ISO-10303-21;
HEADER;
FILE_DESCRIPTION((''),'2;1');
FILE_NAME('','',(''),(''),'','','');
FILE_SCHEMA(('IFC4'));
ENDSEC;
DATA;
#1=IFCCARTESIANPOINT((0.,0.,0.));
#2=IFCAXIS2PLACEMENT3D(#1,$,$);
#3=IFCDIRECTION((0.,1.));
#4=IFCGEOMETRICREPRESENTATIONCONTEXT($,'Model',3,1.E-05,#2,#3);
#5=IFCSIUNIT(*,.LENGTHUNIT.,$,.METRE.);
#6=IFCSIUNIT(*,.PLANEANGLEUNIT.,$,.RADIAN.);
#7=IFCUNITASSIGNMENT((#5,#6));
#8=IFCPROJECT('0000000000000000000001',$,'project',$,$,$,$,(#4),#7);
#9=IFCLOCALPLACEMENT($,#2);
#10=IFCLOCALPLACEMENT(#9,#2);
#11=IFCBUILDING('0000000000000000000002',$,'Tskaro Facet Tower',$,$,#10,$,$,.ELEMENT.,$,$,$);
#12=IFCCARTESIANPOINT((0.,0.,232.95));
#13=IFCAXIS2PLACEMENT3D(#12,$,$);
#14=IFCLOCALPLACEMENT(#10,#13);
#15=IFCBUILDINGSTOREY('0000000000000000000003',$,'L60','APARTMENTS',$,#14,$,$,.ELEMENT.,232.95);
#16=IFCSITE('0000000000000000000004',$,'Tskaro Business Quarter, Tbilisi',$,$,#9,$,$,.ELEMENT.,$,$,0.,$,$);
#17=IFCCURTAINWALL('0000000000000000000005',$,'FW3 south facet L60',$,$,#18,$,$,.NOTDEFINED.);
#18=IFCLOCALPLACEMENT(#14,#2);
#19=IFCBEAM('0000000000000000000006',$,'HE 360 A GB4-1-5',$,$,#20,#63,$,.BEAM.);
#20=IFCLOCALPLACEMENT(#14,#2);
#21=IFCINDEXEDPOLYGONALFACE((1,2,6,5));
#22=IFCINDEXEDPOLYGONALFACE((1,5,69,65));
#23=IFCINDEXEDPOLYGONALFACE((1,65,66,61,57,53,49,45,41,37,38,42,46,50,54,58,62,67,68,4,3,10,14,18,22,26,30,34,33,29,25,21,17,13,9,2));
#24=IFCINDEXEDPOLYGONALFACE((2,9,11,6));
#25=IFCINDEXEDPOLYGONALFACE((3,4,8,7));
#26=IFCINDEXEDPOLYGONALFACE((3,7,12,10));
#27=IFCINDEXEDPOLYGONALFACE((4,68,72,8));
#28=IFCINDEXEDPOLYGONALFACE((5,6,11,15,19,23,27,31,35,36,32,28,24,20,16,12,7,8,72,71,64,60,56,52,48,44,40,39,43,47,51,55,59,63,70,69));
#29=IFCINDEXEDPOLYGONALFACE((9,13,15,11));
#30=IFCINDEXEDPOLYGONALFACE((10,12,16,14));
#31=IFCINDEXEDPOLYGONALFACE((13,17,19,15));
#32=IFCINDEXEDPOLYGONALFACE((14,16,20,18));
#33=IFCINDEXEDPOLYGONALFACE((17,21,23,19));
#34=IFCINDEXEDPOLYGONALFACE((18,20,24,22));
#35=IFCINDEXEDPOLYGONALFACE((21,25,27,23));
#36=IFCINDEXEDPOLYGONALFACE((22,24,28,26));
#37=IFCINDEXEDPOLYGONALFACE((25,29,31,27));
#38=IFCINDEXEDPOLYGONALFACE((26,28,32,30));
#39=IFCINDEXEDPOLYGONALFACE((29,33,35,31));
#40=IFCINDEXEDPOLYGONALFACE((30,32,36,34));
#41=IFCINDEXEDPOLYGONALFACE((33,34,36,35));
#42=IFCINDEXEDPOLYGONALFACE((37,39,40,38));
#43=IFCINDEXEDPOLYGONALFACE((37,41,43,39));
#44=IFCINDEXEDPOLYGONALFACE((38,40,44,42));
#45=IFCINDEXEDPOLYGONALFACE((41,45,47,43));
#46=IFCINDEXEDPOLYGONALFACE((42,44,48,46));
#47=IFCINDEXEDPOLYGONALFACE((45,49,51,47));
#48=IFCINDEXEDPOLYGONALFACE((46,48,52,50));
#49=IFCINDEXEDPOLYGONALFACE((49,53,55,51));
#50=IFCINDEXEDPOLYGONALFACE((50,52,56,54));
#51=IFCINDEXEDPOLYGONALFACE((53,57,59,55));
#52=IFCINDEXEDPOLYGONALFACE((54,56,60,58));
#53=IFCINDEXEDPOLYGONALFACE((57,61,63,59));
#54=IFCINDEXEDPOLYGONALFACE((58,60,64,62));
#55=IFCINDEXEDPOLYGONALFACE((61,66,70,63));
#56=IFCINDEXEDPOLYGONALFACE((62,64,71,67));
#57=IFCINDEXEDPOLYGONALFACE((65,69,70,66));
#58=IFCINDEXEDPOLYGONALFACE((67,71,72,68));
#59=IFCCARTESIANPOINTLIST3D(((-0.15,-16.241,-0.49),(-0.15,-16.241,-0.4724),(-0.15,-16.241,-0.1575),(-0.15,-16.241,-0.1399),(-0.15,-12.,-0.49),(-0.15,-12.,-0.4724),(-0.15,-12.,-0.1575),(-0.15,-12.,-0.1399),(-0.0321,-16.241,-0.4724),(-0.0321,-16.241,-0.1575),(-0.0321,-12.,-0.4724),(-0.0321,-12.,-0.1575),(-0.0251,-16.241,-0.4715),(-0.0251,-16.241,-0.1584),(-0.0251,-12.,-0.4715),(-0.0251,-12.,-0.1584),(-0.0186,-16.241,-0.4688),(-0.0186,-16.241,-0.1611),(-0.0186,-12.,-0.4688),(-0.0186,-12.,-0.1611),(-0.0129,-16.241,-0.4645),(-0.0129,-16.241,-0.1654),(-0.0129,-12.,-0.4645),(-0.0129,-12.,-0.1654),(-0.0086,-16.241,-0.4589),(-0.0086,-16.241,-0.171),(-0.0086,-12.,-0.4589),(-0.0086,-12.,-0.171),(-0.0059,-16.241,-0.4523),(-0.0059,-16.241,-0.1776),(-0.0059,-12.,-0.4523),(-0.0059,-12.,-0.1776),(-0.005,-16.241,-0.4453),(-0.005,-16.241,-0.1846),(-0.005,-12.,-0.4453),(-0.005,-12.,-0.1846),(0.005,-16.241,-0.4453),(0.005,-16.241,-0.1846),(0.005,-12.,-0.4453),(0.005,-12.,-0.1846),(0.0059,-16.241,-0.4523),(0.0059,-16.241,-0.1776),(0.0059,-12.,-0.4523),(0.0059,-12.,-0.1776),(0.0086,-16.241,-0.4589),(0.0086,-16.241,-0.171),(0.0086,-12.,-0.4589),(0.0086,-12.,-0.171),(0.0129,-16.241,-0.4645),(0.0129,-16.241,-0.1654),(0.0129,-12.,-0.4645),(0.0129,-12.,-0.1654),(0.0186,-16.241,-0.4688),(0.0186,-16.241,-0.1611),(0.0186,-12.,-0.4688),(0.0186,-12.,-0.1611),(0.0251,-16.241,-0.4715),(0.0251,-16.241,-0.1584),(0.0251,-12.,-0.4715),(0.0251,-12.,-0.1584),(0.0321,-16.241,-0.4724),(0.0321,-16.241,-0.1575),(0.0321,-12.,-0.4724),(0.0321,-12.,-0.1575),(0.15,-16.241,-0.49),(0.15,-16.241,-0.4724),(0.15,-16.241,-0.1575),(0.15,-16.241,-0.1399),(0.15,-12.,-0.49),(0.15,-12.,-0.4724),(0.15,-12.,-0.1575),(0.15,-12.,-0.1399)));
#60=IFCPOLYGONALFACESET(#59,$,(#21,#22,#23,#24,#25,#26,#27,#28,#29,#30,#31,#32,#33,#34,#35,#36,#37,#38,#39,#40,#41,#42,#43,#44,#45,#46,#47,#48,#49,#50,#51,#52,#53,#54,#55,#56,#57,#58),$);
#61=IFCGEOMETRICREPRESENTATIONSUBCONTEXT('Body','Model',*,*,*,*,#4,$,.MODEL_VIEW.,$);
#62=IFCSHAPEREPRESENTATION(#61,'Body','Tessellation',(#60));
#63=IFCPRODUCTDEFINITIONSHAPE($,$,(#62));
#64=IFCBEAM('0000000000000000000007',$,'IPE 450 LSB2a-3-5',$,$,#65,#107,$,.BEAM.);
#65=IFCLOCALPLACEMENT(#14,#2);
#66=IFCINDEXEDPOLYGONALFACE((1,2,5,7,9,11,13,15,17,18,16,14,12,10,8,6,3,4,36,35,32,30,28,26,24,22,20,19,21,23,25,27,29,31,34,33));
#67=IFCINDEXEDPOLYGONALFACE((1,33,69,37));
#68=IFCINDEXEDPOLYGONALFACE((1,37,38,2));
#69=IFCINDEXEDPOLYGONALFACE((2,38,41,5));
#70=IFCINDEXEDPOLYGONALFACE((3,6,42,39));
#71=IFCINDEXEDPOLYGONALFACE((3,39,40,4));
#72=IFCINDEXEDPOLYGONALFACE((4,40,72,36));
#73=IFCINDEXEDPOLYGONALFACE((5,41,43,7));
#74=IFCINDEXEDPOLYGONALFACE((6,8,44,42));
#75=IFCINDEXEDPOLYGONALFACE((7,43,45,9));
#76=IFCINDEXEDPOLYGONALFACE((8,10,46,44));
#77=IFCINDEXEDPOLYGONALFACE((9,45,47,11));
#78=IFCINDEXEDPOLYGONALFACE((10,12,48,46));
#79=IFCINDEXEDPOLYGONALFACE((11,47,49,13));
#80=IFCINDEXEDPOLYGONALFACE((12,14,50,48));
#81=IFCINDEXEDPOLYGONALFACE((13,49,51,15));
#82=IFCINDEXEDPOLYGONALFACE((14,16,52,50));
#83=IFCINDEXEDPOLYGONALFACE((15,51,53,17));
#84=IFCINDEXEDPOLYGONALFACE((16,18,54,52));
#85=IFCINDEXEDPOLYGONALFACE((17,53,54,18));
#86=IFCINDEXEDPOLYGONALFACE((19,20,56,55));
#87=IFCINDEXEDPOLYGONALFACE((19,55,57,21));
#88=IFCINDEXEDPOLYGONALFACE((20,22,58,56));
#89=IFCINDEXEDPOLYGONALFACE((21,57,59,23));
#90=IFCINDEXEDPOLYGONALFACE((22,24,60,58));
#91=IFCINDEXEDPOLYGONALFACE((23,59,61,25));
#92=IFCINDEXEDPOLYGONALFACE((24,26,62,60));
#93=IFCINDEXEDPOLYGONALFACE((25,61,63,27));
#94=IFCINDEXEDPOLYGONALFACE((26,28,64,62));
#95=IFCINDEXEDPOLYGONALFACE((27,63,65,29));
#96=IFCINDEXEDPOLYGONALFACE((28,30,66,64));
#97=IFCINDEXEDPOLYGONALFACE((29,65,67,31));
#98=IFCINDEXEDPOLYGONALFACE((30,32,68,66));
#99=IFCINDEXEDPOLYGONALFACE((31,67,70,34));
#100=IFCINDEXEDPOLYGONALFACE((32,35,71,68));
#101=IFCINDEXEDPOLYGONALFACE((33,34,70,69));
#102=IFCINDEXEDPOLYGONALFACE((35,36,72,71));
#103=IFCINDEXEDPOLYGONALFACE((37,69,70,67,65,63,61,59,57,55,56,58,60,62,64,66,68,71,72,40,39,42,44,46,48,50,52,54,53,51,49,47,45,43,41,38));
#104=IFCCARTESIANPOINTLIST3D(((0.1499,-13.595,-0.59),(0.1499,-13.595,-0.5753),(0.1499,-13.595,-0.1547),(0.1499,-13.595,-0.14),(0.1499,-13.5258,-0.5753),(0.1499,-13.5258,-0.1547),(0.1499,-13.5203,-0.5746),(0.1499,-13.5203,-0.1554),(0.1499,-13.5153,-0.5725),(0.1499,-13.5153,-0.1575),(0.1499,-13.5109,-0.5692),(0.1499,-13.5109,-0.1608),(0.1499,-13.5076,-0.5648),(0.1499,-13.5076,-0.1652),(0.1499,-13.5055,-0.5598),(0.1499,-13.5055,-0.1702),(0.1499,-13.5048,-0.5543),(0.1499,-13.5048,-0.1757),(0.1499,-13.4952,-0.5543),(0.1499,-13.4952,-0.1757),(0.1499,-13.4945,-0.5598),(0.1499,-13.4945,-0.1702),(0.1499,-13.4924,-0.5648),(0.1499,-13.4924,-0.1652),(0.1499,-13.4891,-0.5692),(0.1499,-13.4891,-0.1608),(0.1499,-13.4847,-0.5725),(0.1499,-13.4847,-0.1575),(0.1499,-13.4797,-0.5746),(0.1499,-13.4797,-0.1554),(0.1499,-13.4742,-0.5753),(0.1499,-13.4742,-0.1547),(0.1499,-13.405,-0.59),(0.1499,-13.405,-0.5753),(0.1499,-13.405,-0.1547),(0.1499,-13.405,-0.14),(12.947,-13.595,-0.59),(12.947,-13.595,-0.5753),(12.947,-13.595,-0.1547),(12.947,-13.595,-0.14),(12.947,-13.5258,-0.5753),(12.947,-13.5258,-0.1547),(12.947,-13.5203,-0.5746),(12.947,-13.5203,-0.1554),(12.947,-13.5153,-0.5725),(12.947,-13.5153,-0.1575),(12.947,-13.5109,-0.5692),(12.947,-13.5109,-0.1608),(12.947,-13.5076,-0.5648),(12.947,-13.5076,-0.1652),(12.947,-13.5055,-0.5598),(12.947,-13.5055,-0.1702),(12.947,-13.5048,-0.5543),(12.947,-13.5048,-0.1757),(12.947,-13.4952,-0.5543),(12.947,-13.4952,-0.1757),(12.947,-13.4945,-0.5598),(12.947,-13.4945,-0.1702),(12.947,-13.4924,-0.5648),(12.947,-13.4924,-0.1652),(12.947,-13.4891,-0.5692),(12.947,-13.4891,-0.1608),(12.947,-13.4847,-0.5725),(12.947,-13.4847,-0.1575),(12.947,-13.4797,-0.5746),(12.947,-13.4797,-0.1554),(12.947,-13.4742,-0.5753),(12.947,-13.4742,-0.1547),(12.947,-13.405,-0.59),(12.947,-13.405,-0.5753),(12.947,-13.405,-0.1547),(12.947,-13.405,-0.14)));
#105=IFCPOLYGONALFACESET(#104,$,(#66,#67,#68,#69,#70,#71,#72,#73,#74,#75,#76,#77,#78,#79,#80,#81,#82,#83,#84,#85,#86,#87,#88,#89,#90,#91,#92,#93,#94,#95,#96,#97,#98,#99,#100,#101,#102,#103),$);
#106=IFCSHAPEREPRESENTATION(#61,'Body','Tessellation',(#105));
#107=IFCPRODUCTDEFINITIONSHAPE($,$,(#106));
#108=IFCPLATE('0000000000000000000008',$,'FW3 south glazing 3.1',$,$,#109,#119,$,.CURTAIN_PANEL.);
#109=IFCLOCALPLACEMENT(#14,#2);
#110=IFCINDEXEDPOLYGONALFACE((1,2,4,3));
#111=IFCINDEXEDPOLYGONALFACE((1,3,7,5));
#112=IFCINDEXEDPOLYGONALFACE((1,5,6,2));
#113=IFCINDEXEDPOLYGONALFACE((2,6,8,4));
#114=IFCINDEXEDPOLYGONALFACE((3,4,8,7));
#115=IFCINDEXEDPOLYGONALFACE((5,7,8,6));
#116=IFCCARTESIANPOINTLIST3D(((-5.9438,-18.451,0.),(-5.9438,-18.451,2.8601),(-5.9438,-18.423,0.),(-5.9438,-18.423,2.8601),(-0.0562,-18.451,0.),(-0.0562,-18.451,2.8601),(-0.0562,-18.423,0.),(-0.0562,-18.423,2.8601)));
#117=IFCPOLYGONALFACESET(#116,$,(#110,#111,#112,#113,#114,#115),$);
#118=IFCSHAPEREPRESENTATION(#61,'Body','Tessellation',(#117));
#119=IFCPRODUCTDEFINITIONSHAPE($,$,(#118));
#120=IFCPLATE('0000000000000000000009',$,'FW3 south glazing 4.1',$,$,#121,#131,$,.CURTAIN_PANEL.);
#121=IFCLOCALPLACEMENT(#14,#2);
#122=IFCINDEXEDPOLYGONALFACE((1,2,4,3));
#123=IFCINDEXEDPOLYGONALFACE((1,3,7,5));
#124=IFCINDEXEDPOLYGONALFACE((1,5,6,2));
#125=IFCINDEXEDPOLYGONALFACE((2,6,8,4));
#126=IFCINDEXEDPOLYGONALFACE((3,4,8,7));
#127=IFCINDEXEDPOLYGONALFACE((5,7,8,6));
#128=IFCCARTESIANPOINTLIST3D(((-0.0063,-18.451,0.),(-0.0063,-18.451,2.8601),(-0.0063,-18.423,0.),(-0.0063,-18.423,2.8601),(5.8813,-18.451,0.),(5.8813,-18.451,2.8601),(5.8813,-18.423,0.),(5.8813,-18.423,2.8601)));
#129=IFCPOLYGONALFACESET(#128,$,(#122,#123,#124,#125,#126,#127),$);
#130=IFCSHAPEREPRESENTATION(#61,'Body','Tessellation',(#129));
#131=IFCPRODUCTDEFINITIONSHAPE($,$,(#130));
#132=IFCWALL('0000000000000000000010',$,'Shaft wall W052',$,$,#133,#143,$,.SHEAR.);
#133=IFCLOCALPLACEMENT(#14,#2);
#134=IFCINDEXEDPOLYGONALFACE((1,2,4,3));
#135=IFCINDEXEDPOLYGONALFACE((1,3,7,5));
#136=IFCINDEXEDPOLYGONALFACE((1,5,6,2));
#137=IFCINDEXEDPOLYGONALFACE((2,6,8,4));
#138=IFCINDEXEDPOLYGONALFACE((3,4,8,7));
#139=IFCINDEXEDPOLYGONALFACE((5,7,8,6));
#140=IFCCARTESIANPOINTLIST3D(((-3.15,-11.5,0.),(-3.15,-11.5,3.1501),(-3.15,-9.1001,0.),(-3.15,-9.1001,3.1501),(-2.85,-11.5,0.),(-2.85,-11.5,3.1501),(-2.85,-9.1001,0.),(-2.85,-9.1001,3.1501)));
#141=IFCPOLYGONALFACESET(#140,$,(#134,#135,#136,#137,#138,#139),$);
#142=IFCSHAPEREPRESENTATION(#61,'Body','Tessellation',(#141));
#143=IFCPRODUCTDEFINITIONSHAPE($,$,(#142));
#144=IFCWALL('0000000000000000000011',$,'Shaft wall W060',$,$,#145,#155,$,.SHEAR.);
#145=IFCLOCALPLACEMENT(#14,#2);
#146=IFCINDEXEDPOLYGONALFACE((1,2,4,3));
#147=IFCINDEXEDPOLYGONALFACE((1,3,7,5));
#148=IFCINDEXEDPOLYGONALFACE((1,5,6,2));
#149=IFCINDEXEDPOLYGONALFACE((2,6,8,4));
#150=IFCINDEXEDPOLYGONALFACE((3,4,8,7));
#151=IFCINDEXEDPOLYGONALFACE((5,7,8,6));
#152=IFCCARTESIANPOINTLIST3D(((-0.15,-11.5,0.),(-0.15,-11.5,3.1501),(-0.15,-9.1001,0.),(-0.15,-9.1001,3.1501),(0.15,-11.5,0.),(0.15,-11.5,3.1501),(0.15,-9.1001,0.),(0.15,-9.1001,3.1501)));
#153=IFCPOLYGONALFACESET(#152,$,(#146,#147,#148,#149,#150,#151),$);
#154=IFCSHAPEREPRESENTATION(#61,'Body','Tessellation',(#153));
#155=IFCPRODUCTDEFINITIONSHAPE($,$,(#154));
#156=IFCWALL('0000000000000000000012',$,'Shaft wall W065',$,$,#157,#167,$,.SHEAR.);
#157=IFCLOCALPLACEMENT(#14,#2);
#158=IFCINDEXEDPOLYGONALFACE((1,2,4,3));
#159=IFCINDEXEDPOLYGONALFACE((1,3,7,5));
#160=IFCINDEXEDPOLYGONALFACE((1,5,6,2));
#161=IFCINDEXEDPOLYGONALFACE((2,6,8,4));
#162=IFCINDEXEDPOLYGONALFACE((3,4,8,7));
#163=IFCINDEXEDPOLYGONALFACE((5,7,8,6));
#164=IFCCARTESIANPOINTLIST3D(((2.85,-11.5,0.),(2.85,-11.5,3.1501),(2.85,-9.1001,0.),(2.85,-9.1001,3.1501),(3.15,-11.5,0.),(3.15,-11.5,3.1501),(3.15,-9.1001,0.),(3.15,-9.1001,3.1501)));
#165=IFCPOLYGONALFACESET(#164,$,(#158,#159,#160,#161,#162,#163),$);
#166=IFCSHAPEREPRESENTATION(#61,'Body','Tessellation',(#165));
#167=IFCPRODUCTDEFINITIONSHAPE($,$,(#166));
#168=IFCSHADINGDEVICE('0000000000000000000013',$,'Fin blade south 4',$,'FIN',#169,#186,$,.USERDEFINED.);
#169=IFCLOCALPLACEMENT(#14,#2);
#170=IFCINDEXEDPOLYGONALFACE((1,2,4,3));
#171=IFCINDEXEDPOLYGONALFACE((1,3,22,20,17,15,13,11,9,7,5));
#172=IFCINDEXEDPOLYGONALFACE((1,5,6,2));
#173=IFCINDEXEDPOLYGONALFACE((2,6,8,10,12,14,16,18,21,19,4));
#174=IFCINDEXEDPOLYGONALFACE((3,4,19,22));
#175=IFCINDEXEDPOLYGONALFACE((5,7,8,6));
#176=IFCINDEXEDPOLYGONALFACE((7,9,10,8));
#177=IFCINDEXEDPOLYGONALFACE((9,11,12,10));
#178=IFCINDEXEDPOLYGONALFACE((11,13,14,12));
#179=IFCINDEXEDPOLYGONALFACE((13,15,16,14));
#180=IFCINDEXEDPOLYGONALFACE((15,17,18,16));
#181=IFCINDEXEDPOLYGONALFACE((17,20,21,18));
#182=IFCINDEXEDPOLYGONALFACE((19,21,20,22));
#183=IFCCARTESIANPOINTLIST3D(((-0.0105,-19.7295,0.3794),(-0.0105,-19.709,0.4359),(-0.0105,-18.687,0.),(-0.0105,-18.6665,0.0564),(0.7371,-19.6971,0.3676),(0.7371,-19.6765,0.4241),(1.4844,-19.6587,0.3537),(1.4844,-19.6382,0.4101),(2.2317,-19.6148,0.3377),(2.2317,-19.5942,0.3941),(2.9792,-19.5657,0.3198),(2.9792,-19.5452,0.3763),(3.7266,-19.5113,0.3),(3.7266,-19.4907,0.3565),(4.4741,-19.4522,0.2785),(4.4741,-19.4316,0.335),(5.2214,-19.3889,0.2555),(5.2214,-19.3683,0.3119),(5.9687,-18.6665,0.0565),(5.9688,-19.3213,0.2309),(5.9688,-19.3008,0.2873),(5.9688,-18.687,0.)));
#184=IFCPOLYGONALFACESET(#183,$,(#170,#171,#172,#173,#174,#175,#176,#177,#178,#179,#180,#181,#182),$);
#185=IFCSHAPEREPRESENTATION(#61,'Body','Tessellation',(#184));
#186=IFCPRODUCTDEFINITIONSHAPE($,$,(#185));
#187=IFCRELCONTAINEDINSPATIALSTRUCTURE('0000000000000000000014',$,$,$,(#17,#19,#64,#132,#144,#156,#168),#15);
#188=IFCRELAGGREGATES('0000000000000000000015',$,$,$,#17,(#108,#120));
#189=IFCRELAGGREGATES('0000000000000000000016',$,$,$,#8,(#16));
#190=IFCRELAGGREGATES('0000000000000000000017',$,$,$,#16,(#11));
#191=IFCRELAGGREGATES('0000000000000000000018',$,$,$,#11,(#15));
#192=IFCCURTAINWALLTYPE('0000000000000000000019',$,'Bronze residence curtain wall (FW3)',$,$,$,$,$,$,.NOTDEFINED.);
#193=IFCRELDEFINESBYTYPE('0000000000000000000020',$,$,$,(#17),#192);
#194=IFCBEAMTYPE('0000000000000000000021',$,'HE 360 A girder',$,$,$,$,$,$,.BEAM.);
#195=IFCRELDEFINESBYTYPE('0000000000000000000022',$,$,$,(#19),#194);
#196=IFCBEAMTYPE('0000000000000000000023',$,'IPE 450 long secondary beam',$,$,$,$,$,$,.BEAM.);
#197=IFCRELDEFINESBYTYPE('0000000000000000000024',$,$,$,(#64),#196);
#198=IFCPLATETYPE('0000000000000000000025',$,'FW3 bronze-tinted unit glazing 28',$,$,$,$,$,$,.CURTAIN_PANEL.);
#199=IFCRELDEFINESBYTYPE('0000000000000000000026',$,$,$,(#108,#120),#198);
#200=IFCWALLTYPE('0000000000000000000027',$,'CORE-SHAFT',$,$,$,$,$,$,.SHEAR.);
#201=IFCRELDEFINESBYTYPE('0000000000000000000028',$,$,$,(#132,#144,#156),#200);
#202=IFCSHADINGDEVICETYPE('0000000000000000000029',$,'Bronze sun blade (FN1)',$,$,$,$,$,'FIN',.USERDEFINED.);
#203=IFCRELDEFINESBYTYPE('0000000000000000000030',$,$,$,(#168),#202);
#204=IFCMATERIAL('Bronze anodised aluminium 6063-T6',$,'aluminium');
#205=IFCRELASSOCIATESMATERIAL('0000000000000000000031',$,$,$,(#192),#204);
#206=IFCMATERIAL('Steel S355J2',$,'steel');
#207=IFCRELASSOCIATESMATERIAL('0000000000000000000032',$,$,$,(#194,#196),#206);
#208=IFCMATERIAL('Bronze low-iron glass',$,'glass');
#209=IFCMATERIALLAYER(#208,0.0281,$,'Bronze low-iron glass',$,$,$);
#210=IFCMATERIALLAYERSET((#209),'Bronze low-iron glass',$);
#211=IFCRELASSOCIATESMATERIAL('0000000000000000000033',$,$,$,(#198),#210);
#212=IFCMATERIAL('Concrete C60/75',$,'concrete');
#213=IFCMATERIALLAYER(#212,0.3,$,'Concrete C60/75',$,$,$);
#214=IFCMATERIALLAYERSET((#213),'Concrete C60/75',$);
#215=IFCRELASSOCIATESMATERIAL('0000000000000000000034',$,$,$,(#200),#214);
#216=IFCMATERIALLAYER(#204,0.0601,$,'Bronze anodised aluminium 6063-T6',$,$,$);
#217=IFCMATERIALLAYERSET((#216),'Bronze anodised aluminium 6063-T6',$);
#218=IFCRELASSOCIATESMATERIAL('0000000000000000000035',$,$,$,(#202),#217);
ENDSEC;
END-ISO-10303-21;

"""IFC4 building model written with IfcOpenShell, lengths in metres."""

from ifc_helpers import new_model, si_unit, direction, frame, frame_2d, origin, origin_2d, place, context, subcontext, project, spatial, polyline, rectangle, i_section, outline, extrude, material, layer, layer_set, material_profile, profile_set, type_object, element, aggregate, save


model = new_model("IFC4")

# Units and contexts
model_context = context("Model", 3, precision=1e-05, world=origin(), true_north=direction((0.0, 1.0)))
body_context = subcontext(model_context, "Body", "Model", "MODEL_VIEW")
ifc_project = project(units=[si_unit("LENGTHUNIT", "METRE"), si_unit("PLANEANGLEUNIT", "RADIAN")], contexts=[model_context])

# Site, building, storey
site_placement = place(None, origin())
site = spatial("IfcSite", under=ifc_project, at=site_placement, Name="Tskaro Business Quarter, Tbilisi", CompositionType="ELEMENT", RefElevation=0.0)
building_placement = place(site_placement, origin())
building = spatial("IfcBuilding", under=site, at=building_placement, Name="Tskaro Facet Tower", CompositionType="ELEMENT")
storey_placement = place(building_placement, frame((0.0, 0.0, 232.95)))
storey = spatial("IfcBuildingStorey", under=building, at=storey_placement, Name="L60", Description="APARTMENTS", CompositionType="ELEMENT", Elevation=232.95)

# Shared definitions
ifc_material_1 = material(Name="Steel S355J2", Category="steel")

# Curtain wall
ifc_material_2 = material(Name="Bronze anodised aluminium 6063-T6", Category="aluminium")
curtain_wall_type = type_object("IfcCurtainWallType", Name="Bronze residence curtain wall (FW3)", PredefinedType="NOTDEFINED", material=ifc_material_2)
curtain_wall_placement = place(storey_placement, origin())
curtain_wall = element("IfcCurtainWall", 1, at=curtain_wall_placement, inside=storey, type_object=curtain_wall_type, Name="FW3 south facet L60", PredefinedType="NOTDEFINED")

# Beams
ifc_material_profile_1 = material_profile(ifc_material_1, i_section(OverallWidth=0.3, OverallDepth=0.3501, WebThickness=0.01, FlangeThickness=0.0176, FilletRadius=0.0271, at=origin_2d()), Name="HE 360 A")
ifc_profile_set_1 = profile_set([ifc_material_profile_1], Name="Steel S355J2")
beam_type_1 = type_object("IfcBeamType", Name="HE 360 A girder", PredefinedType="BEAM", material=ifc_profile_set_1)
beam_1_placement = place(storey_placement, frame((0.0, -16.241, -0.3149), z_axis=(0.0, 1.0, 0.0), x_axis=(-1.0, 0.0, 0.0)))
element("IfcBeam", 2, at=beam_1_placement, inside=storey, type_object=beam_type_1, Name="HE 360 A GB4-1-5", PredefinedType="BEAM", context=body_context, shape_type="SweptSolid", body=[
    extrude(i_section(OverallWidth=0.3, OverallDepth=0.3501, WebThickness=0.01, FlangeThickness=0.0176, FilletRadius=0.0271, at=origin_2d()), origin(), (0.0, 0.0, 1.0), 4.241),
])
ifc_material_profile_2 = material_profile(ifc_material_1, i_section(OverallWidth=0.1899, OverallDepth=0.45, WebThickness=0.0095, FlangeThickness=0.0146, FilletRadius=0.021, at=origin_2d()), Name="IPE 450")
ifc_profile_set_2 = profile_set([ifc_material_profile_2], Name="Steel S355J2")
beam_type_2 = type_object("IfcBeamType", Name="IPE 450 long secondary beam", PredefinedType="BEAM", material=ifc_profile_set_2)
beam_2_placement = place(storey_placement, frame((0.1499, -13.5, -0.365), z_axis=(1.0, 0.0, 0.0), x_axis=(0.0, 1.0, 0.0)))
element("IfcBeam", 3, at=beam_2_placement, inside=storey, type_object=beam_type_2, Name="IPE 450 LSB2a-3-5", PredefinedType="BEAM", context=body_context, shape_type="SweptSolid", body=[
    extrude(i_section(OverallWidth=0.1899, OverallDepth=0.45, WebThickness=0.0095, FlangeThickness=0.0146, FilletRadius=0.021, at=origin_2d()), origin(), (0.0, 0.0, 1.0), 12.7971),
])

# Plates
ifc_material_3 = material(Name="Bronze low-iron glass", Category="glass")
ifc_layer_1 = layer(ifc_material_3, 0.0281, Name="Bronze low-iron glass")
ifc_layer_set_1 = layer_set([ifc_layer_1], Name="Bronze low-iron glass")
plate_type = type_object("IfcPlateType", Name="FW3 bronze-tinted unit glazing 28", PredefinedType="CURTAIN_PANEL", material=ifc_layer_set_1)
plate_1_placement = place(storey_placement, frame((-3.0, -18.437, 0.0), z_axis=(0.0, 0.0, 1.0), x_axis=(1.0, 0.0, 0.0)))
plate_1 = element("IfcPlate", 4, at=plate_1_placement, type_object=plate_type, Name="FW3 south glazing 3.1", PredefinedType="CURTAIN_PANEL", context=body_context, shape_type="SweptSolid", body=[
    extrude(rectangle(XDim=5.8877, YDim=0.0281, at=origin_2d()), origin(), (0.0, 0.0, 1.0), 2.8601),
])
plate_2_placement = place(storey_placement, frame((2.9375, -18.437, 0.0), z_axis=(0.0, 0.0, 1.0), x_axis=(1.0, 0.0, 0.0)))
plate_2 = element("IfcPlate", 5, at=plate_2_placement, type_object=plate_type, Name="FW3 south glazing 4.1", PredefinedType="CURTAIN_PANEL", context=body_context, shape_type="SweptSolid", body=[
    extrude(rectangle(XDim=5.8877, YDim=0.0281, at=origin_2d()), origin(), (0.0, 0.0, 1.0), 2.8601),
])
aggregate(curtain_wall, [plate_1, plate_2])

# Walls
ifc_material_4 = material(Name="Concrete C60/75", Category="concrete")
ifc_layer_2 = layer(ifc_material_4, 0.3, Name="Concrete C60/75")
ifc_layer_set_2 = layer_set([ifc_layer_2], Name="Concrete C60/75")
wall_type = type_object("IfcWallType", Name="CORE-SHAFT", PredefinedType="SHEAR", material=ifc_layer_set_2)
for number, where, z_axis, x_axis, name in (
    (6, (-3.0, -11.5, 0.0), (0.0, 0.0, 1.0), (0.0, 1.0, 0.0), "Shaft wall W052"),
    (7, (0.0, -11.5, 0.0), (0.0, 0.0, 1.0), (0.0, 1.0, 0.0), "Shaft wall W060"),
    (8, (3.0, -11.5, 0.0), (0.0, 0.0, 1.0), (0.0, 1.0, 0.0), "Shaft wall W065"),
):
    element("IfcWall", number, at=place(storey_placement, frame(where, z_axis=z_axis, x_axis=x_axis)), inside=storey, type_object=wall_type, Name=name, PredefinedType="SHEAR", context=body_context, shape_type="SweptSolid", body=[
        extrude(rectangle(XDim=2.3999, YDim=0.3, at=frame_2d((1.2, 0.0))), origin(), (0.0, 0.0, 1.0), 3.1501),
    ])

# Shading device
ifc_layer_3 = layer(ifc_material_2, 0.0601, Name="Bronze anodised aluminium 6063-T6")
ifc_layer_set_3 = layer_set([ifc_layer_3], Name="Bronze anodised aluminium 6063-T6")
shading_device_type = type_object("IfcShadingDeviceType", Name="Bronze sun blade (FN1)", ElementType="FIN", PredefinedType="USERDEFINED", material=ifc_layer_set_3)
shading_device_1_placement = place(storey_placement, frame((-0.0105, -18.6665, 0.0564), z_axis=(-0.000011, 0.342047, 0.939683), x_axis=(1.0, 0.000004, 0.00001)))
element("IfcShadingDevice", 9, at=shading_device_1_placement, inside=storey, type_object=shading_device_type, Name="Fin blade south 4", ObjectType="FIN", PredefinedType="USERDEFINED", context=body_context, shape_type="SweptSolid", body=[
    extrude(outline(polyline([(0.0, 0.0), (5.9792, 0.0), (5.9792, -0.675), (5.2319, -0.7469), (4.4846, -0.8143), (3.7371, -0.8771), (2.9897, -0.9351), (2.2422, -0.9873), (1.4949, -1.0341), (0.7476, -1.0749), (0.0, -1.1094), (0.0, 0.0)])), origin(), (0.0, 0.0, -1.0), 0.0601),
])

save(model, "model.ifc")
